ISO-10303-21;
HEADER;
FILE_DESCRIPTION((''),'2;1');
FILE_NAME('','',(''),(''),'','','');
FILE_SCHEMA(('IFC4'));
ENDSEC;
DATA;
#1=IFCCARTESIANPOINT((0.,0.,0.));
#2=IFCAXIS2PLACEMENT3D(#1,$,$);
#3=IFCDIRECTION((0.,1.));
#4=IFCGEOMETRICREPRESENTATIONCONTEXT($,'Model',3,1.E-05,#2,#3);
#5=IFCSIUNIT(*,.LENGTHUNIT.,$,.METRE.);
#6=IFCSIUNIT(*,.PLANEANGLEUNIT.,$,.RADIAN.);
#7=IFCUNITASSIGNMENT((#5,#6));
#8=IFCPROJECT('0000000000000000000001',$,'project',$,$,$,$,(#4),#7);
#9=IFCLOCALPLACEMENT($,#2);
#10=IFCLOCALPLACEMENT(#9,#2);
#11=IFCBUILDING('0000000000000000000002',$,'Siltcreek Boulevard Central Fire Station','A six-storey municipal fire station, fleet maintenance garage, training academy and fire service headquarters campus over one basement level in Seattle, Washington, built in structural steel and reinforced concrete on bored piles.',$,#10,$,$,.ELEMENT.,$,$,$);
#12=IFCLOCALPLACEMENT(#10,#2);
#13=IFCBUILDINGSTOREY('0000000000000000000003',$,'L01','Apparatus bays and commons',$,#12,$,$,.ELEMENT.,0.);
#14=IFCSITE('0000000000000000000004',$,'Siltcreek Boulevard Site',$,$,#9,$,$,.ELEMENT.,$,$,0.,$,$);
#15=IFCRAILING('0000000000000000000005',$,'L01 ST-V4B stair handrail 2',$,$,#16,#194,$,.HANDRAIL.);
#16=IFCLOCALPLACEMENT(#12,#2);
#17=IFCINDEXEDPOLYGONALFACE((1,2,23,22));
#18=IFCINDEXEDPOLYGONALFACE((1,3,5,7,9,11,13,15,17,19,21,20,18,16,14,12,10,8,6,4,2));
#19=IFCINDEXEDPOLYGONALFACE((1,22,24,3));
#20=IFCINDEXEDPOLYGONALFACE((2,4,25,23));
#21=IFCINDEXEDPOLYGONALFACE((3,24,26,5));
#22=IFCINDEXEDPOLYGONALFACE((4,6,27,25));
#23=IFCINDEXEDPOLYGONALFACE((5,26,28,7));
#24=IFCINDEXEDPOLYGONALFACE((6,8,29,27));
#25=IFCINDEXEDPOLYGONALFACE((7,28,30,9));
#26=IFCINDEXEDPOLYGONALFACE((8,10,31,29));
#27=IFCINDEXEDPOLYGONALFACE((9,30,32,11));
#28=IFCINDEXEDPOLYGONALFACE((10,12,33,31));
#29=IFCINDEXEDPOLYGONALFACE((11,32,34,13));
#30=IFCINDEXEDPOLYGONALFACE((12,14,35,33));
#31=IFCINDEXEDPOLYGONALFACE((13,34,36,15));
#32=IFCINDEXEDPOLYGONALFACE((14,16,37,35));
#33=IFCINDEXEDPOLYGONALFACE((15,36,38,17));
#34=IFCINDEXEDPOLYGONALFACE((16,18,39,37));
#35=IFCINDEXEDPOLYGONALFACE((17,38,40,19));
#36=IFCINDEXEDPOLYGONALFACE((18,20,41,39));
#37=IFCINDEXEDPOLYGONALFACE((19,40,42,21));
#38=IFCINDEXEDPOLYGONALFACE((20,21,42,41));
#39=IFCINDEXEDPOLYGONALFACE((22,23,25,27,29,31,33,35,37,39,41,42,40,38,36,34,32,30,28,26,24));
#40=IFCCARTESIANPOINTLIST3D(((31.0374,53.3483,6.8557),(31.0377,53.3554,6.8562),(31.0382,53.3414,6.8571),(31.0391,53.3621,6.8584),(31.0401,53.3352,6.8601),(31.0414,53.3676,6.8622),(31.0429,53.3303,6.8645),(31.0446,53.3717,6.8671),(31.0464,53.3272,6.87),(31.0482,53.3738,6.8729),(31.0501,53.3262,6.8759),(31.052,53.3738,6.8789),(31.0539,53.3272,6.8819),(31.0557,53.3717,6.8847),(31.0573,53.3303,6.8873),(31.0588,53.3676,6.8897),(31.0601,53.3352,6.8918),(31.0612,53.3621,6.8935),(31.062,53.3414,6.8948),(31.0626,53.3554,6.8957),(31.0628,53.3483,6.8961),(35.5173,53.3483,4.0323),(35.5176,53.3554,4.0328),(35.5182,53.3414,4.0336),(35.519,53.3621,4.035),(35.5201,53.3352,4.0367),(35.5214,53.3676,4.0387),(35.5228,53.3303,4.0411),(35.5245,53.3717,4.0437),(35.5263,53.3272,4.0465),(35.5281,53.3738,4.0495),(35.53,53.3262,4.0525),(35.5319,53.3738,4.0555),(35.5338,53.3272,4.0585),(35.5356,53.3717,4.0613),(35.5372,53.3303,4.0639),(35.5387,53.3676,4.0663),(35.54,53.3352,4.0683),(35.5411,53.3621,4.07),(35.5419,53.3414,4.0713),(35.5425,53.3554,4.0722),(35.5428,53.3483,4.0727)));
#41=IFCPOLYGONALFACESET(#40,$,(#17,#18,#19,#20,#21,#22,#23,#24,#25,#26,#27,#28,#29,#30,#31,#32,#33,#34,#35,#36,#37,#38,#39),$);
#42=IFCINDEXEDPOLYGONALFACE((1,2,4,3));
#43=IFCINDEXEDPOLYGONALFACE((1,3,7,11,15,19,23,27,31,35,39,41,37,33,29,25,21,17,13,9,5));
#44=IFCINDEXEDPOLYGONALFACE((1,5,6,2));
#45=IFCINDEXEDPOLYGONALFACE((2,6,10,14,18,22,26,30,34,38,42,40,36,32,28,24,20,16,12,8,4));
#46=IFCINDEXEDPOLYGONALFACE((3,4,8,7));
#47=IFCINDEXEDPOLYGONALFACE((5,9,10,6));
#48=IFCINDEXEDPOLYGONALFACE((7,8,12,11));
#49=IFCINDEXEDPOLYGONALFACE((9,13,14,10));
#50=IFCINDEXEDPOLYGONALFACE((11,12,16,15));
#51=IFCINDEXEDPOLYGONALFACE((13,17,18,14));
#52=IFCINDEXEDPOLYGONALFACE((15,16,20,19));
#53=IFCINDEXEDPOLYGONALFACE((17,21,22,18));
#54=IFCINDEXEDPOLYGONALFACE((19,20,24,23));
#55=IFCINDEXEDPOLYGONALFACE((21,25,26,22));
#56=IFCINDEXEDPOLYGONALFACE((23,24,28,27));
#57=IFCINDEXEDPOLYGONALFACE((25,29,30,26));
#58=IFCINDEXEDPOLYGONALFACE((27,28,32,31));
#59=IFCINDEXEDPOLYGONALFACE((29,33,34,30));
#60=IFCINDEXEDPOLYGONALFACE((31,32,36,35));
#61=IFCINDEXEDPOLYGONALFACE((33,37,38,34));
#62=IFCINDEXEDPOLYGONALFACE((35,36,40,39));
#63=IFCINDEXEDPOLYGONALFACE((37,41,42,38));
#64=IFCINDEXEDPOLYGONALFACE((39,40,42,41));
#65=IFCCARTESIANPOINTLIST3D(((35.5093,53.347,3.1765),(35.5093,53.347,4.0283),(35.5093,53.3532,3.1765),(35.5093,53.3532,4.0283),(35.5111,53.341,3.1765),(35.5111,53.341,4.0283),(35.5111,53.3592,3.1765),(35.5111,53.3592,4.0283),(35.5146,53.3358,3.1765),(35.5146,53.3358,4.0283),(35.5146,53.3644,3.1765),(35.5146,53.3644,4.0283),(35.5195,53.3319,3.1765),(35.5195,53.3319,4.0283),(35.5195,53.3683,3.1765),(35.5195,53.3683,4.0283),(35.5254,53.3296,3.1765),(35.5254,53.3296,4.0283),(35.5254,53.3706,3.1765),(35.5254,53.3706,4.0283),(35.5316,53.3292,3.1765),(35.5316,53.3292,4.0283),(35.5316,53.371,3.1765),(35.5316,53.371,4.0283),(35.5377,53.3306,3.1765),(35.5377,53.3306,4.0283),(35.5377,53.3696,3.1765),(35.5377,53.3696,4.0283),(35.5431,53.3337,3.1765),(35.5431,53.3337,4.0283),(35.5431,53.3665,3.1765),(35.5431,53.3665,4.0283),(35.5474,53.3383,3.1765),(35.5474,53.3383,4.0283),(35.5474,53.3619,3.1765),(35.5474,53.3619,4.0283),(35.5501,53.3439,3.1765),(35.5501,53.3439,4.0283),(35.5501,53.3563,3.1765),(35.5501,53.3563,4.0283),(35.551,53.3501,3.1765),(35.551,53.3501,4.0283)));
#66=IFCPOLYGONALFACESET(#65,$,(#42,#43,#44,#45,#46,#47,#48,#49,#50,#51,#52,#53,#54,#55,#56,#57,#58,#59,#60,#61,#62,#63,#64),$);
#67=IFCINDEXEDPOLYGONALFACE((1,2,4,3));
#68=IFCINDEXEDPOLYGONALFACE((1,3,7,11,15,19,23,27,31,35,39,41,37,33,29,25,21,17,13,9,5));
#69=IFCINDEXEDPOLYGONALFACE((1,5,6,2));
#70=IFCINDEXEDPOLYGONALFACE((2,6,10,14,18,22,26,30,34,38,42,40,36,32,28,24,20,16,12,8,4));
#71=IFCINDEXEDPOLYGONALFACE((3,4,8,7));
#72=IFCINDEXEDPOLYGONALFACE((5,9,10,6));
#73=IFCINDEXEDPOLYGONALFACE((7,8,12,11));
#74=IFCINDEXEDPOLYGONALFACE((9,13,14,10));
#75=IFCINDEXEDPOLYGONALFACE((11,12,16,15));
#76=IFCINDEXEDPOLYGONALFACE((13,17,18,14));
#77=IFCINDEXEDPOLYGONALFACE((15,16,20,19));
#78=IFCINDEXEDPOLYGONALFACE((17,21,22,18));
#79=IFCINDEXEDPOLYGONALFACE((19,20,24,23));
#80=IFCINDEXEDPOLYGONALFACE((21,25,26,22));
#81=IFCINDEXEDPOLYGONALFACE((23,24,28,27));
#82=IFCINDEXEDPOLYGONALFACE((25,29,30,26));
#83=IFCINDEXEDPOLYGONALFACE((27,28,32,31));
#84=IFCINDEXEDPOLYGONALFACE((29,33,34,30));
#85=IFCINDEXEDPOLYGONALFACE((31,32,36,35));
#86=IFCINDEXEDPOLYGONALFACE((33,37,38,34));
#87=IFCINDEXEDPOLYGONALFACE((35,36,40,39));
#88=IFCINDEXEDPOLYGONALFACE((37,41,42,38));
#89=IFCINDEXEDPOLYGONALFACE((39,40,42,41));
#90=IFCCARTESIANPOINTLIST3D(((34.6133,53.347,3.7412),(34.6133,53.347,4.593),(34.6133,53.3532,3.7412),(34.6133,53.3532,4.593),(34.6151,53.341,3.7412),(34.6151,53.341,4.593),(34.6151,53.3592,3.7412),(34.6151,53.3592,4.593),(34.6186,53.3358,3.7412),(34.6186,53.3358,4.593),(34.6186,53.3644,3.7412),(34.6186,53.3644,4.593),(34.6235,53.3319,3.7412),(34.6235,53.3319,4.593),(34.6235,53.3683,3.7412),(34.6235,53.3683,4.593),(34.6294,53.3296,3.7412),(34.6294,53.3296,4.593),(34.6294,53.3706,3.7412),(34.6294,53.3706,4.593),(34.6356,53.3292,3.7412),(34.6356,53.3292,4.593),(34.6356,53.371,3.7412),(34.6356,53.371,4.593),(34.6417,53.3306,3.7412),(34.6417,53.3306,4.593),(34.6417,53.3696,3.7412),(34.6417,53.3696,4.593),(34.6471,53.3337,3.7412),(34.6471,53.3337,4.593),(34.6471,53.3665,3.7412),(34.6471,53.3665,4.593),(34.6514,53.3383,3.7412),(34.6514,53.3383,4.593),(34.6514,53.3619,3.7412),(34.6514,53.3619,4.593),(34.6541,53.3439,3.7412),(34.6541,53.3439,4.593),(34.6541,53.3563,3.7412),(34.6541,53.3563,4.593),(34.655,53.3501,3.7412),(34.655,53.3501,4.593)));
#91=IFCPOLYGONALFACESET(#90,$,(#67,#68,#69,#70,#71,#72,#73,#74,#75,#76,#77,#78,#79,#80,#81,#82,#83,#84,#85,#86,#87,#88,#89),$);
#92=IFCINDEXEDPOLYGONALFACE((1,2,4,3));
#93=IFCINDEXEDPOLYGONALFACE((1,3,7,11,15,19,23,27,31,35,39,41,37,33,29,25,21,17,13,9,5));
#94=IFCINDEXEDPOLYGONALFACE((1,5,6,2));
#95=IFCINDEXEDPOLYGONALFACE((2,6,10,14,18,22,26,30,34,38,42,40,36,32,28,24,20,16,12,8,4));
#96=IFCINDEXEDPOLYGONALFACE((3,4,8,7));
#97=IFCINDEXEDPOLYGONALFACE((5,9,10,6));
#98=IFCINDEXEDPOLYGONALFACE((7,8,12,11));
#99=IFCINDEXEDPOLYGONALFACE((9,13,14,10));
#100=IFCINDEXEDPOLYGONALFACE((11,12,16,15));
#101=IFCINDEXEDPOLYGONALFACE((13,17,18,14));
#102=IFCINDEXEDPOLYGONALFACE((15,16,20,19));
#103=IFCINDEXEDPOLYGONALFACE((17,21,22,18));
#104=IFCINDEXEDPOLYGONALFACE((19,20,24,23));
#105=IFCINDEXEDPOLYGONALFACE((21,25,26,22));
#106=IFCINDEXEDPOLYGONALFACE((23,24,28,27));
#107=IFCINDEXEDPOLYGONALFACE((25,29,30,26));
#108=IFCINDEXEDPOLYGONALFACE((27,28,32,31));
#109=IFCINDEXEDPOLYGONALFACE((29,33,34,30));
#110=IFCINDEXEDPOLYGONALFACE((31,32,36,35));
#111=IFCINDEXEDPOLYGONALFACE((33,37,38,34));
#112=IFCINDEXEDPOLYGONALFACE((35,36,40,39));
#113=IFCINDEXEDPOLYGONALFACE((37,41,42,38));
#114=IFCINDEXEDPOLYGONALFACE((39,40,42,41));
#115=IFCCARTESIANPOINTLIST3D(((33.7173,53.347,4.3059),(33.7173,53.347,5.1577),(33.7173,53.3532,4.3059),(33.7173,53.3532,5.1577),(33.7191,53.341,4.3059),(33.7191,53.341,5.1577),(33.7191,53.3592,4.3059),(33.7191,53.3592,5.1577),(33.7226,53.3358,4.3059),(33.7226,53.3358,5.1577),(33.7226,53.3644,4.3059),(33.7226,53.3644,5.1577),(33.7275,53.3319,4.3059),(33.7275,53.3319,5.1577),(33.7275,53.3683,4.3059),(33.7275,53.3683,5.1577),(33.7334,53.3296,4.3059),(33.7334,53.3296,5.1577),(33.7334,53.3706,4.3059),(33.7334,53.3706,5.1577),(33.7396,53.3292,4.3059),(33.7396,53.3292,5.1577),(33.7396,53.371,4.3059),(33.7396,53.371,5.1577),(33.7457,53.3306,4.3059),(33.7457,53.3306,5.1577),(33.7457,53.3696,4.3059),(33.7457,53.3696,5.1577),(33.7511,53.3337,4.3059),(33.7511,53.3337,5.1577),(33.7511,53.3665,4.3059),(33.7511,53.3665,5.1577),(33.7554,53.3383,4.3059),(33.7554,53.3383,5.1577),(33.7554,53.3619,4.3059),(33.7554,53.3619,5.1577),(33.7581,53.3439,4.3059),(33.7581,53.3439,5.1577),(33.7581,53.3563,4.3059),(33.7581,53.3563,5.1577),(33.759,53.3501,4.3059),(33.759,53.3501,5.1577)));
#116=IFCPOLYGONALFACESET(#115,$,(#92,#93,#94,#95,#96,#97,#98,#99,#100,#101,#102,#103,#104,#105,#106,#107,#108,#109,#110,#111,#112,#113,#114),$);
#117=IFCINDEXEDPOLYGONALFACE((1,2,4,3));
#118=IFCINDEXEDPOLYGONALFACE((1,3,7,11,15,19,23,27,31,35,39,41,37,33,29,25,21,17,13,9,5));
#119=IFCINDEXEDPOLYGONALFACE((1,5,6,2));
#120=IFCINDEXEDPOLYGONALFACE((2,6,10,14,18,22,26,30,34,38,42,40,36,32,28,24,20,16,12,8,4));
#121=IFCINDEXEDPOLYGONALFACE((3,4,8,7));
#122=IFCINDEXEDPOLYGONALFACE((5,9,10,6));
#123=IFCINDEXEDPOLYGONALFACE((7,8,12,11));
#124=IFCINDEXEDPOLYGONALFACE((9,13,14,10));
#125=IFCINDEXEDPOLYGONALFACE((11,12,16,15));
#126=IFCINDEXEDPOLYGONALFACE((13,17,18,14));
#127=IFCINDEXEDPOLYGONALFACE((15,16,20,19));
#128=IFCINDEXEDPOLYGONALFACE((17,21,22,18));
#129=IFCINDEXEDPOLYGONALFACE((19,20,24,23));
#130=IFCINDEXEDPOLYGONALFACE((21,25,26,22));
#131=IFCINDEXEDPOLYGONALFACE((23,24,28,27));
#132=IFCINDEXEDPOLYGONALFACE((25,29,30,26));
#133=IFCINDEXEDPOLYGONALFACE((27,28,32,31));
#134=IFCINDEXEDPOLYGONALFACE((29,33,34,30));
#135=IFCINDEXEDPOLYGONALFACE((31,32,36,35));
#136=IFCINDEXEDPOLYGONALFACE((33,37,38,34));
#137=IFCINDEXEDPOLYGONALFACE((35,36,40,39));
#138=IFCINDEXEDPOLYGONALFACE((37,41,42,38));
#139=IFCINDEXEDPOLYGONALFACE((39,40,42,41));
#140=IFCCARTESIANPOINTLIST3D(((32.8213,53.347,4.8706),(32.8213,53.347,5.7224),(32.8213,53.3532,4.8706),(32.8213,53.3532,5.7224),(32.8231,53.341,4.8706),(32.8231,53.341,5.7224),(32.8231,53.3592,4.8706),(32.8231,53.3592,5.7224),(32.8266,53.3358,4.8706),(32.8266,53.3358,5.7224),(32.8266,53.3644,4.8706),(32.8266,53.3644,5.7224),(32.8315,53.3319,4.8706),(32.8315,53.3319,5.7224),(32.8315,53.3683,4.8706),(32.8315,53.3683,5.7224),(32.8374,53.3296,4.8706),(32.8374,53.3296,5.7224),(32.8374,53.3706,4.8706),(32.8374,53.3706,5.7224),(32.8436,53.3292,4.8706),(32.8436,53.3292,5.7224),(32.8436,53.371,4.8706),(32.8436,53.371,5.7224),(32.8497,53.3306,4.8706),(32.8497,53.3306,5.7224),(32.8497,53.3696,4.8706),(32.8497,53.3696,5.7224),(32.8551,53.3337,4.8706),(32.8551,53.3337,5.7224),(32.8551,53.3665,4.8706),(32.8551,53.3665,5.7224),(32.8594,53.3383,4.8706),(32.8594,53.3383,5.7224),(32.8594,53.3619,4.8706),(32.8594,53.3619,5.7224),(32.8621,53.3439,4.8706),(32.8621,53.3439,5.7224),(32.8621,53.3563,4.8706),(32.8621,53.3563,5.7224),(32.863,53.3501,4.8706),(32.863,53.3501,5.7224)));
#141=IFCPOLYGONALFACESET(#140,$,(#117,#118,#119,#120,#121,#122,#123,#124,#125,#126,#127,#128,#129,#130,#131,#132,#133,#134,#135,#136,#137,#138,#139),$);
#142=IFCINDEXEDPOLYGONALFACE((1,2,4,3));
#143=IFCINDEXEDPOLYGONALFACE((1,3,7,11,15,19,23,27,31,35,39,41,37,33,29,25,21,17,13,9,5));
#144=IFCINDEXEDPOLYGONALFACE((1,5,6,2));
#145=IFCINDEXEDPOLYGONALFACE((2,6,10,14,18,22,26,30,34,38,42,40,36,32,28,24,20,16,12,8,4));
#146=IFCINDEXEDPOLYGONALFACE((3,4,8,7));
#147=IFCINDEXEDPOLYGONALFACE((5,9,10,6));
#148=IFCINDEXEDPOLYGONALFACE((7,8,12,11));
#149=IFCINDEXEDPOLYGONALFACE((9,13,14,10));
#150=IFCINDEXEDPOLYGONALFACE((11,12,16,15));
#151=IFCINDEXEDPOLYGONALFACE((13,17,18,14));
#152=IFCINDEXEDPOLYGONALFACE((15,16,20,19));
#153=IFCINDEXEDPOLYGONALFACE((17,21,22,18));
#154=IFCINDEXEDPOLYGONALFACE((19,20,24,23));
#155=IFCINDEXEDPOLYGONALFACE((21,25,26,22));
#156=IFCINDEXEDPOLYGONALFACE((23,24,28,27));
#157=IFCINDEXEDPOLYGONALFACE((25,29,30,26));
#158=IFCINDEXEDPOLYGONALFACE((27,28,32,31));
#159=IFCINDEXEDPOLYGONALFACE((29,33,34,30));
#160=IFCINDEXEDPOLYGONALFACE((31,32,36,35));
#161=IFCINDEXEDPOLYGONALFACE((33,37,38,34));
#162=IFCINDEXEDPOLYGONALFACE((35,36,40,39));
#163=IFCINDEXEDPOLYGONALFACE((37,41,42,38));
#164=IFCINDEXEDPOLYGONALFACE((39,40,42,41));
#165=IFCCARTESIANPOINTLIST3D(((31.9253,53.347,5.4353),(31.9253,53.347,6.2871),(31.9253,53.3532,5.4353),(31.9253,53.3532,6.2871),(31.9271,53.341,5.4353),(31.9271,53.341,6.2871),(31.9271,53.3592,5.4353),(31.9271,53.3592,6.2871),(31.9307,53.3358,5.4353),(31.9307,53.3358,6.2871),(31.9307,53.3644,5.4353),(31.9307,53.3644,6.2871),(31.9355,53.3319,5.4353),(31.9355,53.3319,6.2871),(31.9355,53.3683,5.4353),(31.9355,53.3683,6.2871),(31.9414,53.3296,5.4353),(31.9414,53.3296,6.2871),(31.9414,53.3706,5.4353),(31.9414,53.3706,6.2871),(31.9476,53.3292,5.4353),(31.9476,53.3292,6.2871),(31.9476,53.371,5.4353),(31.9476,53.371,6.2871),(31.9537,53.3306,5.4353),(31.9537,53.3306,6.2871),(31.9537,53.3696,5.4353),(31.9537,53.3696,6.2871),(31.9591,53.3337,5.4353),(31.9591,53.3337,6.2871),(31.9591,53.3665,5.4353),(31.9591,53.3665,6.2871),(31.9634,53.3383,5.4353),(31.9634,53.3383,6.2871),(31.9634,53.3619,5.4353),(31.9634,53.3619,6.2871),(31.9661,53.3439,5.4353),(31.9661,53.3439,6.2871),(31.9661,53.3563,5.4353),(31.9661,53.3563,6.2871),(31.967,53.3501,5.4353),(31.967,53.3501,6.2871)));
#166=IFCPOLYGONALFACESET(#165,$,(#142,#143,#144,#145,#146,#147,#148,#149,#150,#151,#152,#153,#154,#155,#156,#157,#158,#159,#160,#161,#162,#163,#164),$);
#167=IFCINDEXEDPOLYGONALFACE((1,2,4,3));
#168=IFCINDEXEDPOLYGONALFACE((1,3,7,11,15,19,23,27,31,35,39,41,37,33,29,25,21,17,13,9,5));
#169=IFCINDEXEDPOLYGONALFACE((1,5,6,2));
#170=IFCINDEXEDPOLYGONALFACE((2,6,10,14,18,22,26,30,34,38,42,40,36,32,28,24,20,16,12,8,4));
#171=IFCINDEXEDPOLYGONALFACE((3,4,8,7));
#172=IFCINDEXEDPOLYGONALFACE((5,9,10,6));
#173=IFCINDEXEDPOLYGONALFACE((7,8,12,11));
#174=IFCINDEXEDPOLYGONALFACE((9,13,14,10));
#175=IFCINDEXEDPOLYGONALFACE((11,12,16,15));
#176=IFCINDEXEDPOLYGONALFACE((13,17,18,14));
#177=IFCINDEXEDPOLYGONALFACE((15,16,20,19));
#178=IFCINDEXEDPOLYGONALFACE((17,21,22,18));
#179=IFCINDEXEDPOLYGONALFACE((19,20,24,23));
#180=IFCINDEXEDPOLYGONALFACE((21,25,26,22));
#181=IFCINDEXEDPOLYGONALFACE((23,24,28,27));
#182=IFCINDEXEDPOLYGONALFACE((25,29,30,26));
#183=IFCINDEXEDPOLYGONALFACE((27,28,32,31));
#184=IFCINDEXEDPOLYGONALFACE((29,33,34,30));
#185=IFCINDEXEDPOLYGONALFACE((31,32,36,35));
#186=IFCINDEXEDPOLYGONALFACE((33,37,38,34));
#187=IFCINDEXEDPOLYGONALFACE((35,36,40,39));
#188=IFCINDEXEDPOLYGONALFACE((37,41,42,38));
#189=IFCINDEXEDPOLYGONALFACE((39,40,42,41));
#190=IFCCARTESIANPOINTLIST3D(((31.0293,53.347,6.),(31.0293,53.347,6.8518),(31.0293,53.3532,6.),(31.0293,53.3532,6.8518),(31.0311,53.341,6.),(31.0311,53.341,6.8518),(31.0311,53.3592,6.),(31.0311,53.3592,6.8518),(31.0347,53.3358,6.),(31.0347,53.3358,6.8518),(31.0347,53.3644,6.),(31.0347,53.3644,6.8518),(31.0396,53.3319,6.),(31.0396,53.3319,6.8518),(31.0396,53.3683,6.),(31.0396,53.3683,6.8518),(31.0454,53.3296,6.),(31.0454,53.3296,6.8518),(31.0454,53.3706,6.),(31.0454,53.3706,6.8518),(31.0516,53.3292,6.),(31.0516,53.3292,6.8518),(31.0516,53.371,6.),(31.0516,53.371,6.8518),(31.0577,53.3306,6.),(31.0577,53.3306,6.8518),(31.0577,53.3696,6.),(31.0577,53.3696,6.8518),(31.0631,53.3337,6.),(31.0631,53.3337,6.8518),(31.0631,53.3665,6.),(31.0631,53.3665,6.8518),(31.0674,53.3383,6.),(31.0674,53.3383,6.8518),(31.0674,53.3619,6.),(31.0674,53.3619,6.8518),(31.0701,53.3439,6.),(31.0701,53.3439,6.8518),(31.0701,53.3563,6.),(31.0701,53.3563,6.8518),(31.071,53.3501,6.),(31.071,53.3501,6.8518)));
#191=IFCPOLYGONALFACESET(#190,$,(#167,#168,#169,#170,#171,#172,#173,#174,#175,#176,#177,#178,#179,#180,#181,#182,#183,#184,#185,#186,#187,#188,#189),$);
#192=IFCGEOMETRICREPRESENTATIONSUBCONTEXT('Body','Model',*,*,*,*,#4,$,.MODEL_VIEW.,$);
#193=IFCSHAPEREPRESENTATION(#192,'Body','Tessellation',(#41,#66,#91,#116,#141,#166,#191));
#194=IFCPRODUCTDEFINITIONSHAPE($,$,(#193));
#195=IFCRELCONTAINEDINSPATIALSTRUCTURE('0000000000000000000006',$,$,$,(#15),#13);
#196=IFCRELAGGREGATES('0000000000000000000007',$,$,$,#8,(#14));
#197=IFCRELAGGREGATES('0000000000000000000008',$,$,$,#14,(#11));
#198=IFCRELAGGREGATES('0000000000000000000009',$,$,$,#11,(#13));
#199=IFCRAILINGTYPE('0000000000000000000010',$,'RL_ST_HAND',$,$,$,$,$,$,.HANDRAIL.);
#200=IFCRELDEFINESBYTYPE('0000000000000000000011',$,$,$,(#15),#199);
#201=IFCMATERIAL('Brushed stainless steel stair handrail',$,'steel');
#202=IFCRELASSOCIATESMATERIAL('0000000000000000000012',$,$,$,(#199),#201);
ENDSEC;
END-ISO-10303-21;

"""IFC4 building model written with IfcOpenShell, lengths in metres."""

from ifc_helpers import new_model, si_unit, direction, frame, origin, origin_2d, place, context, subcontext, project, spatial, circle, extrude, material, type_object, element, save


model = new_model("IFC4")

# Units and contexts
model_context = context("Model", 3, precision=1e-05, world=origin(), true_north=direction((0.0, 1.0)))
body_context = subcontext(model_context, "Body", "Model", "MODEL_VIEW")
ifc_project = project(units=[si_unit("LENGTHUNIT", "METRE"), si_unit("PLANEANGLEUNIT", "RADIAN")], contexts=[model_context])

# Site, building, storey
site_placement = place(None, origin())
site = spatial("IfcSite", under=ifc_project, at=site_placement, Name="Siltcreek Boulevard Site", CompositionType="ELEMENT", RefElevation=0.0)
building_placement = place(site_placement, origin())
building = spatial("IfcBuilding", under=site, at=building_placement, Name="Siltcreek Boulevard Central Fire Station", Description="A six-storey municipal fire station, fleet maintenance garage, training academy and fire service headquarters campus over one basement level in Seattle, Washington, built in structural steel and reinforced concrete on bored piles.", CompositionType="ELEMENT")
storey_placement = place(building_placement, origin())
storey = spatial("IfcBuildingStorey", under=building, at=storey_placement, Name="L01", Description="Apparatus bays and commons", CompositionType="ELEMENT", Elevation=0.0)

# Railing
ifc_material_1 = material(Name="Brushed stainless steel stair handrail", Category="steel")
railing_type_1 = type_object("IfcRailingType", Name="RL_ST_HAND", PredefinedType="HANDRAIL", material=ifc_material_1)
railing_1_placement = place(storey_placement, frame((35.53, 53.3501, 3.1765)))
element("IfcRailing", 1, at=railing_1_placement, inside=storey, type_object=railing_type_1, Name="L01 ST-V4B stair handrail 2", PredefinedType="HANDRAIL", context=body_context, shape_type="SweptSolid", body=[
    extrude(circle(Radius=0.0239, at=origin_2d()), frame((0.0, 0.0, 0.876), z_axis=(-0.845998, 0.0, 0.533186), x_axis=(0.0, -1.0, 0.0)), (0.0, 0.0, 1.0), 5.2954),
    extrude(circle(Radius=0.021, at=origin_2d()), origin(), (0.0, 0.0, 1.0), 0.8518),
    extrude(circle(Radius=0.021, at=origin_2d()), frame((-0.896, 0.0, 0.5647)), (0.0, 0.0, 1.0), 0.8518),
    extrude(circle(Radius=0.021, at=origin_2d()), frame((-1.792, 0.0, 1.1294)), (0.0, 0.0, 1.0), 0.8518),
    extrude(circle(Radius=0.021, at=origin_2d()), frame((-2.688, 0.0, 1.6941)), (0.0, 0.0, 1.0), 0.8518),
    extrude(circle(Radius=0.021, at=origin_2d()), frame((-3.584, 0.0, 2.2588)), (0.0, 0.0, 1.0), 0.8518),
    extrude(circle(Radius=0.021, at=origin_2d()), frame((-4.48, 0.0, 2.8235)), (0.0, 0.0, 1.0), 0.8518),
])

save(model, "model.ifc")
